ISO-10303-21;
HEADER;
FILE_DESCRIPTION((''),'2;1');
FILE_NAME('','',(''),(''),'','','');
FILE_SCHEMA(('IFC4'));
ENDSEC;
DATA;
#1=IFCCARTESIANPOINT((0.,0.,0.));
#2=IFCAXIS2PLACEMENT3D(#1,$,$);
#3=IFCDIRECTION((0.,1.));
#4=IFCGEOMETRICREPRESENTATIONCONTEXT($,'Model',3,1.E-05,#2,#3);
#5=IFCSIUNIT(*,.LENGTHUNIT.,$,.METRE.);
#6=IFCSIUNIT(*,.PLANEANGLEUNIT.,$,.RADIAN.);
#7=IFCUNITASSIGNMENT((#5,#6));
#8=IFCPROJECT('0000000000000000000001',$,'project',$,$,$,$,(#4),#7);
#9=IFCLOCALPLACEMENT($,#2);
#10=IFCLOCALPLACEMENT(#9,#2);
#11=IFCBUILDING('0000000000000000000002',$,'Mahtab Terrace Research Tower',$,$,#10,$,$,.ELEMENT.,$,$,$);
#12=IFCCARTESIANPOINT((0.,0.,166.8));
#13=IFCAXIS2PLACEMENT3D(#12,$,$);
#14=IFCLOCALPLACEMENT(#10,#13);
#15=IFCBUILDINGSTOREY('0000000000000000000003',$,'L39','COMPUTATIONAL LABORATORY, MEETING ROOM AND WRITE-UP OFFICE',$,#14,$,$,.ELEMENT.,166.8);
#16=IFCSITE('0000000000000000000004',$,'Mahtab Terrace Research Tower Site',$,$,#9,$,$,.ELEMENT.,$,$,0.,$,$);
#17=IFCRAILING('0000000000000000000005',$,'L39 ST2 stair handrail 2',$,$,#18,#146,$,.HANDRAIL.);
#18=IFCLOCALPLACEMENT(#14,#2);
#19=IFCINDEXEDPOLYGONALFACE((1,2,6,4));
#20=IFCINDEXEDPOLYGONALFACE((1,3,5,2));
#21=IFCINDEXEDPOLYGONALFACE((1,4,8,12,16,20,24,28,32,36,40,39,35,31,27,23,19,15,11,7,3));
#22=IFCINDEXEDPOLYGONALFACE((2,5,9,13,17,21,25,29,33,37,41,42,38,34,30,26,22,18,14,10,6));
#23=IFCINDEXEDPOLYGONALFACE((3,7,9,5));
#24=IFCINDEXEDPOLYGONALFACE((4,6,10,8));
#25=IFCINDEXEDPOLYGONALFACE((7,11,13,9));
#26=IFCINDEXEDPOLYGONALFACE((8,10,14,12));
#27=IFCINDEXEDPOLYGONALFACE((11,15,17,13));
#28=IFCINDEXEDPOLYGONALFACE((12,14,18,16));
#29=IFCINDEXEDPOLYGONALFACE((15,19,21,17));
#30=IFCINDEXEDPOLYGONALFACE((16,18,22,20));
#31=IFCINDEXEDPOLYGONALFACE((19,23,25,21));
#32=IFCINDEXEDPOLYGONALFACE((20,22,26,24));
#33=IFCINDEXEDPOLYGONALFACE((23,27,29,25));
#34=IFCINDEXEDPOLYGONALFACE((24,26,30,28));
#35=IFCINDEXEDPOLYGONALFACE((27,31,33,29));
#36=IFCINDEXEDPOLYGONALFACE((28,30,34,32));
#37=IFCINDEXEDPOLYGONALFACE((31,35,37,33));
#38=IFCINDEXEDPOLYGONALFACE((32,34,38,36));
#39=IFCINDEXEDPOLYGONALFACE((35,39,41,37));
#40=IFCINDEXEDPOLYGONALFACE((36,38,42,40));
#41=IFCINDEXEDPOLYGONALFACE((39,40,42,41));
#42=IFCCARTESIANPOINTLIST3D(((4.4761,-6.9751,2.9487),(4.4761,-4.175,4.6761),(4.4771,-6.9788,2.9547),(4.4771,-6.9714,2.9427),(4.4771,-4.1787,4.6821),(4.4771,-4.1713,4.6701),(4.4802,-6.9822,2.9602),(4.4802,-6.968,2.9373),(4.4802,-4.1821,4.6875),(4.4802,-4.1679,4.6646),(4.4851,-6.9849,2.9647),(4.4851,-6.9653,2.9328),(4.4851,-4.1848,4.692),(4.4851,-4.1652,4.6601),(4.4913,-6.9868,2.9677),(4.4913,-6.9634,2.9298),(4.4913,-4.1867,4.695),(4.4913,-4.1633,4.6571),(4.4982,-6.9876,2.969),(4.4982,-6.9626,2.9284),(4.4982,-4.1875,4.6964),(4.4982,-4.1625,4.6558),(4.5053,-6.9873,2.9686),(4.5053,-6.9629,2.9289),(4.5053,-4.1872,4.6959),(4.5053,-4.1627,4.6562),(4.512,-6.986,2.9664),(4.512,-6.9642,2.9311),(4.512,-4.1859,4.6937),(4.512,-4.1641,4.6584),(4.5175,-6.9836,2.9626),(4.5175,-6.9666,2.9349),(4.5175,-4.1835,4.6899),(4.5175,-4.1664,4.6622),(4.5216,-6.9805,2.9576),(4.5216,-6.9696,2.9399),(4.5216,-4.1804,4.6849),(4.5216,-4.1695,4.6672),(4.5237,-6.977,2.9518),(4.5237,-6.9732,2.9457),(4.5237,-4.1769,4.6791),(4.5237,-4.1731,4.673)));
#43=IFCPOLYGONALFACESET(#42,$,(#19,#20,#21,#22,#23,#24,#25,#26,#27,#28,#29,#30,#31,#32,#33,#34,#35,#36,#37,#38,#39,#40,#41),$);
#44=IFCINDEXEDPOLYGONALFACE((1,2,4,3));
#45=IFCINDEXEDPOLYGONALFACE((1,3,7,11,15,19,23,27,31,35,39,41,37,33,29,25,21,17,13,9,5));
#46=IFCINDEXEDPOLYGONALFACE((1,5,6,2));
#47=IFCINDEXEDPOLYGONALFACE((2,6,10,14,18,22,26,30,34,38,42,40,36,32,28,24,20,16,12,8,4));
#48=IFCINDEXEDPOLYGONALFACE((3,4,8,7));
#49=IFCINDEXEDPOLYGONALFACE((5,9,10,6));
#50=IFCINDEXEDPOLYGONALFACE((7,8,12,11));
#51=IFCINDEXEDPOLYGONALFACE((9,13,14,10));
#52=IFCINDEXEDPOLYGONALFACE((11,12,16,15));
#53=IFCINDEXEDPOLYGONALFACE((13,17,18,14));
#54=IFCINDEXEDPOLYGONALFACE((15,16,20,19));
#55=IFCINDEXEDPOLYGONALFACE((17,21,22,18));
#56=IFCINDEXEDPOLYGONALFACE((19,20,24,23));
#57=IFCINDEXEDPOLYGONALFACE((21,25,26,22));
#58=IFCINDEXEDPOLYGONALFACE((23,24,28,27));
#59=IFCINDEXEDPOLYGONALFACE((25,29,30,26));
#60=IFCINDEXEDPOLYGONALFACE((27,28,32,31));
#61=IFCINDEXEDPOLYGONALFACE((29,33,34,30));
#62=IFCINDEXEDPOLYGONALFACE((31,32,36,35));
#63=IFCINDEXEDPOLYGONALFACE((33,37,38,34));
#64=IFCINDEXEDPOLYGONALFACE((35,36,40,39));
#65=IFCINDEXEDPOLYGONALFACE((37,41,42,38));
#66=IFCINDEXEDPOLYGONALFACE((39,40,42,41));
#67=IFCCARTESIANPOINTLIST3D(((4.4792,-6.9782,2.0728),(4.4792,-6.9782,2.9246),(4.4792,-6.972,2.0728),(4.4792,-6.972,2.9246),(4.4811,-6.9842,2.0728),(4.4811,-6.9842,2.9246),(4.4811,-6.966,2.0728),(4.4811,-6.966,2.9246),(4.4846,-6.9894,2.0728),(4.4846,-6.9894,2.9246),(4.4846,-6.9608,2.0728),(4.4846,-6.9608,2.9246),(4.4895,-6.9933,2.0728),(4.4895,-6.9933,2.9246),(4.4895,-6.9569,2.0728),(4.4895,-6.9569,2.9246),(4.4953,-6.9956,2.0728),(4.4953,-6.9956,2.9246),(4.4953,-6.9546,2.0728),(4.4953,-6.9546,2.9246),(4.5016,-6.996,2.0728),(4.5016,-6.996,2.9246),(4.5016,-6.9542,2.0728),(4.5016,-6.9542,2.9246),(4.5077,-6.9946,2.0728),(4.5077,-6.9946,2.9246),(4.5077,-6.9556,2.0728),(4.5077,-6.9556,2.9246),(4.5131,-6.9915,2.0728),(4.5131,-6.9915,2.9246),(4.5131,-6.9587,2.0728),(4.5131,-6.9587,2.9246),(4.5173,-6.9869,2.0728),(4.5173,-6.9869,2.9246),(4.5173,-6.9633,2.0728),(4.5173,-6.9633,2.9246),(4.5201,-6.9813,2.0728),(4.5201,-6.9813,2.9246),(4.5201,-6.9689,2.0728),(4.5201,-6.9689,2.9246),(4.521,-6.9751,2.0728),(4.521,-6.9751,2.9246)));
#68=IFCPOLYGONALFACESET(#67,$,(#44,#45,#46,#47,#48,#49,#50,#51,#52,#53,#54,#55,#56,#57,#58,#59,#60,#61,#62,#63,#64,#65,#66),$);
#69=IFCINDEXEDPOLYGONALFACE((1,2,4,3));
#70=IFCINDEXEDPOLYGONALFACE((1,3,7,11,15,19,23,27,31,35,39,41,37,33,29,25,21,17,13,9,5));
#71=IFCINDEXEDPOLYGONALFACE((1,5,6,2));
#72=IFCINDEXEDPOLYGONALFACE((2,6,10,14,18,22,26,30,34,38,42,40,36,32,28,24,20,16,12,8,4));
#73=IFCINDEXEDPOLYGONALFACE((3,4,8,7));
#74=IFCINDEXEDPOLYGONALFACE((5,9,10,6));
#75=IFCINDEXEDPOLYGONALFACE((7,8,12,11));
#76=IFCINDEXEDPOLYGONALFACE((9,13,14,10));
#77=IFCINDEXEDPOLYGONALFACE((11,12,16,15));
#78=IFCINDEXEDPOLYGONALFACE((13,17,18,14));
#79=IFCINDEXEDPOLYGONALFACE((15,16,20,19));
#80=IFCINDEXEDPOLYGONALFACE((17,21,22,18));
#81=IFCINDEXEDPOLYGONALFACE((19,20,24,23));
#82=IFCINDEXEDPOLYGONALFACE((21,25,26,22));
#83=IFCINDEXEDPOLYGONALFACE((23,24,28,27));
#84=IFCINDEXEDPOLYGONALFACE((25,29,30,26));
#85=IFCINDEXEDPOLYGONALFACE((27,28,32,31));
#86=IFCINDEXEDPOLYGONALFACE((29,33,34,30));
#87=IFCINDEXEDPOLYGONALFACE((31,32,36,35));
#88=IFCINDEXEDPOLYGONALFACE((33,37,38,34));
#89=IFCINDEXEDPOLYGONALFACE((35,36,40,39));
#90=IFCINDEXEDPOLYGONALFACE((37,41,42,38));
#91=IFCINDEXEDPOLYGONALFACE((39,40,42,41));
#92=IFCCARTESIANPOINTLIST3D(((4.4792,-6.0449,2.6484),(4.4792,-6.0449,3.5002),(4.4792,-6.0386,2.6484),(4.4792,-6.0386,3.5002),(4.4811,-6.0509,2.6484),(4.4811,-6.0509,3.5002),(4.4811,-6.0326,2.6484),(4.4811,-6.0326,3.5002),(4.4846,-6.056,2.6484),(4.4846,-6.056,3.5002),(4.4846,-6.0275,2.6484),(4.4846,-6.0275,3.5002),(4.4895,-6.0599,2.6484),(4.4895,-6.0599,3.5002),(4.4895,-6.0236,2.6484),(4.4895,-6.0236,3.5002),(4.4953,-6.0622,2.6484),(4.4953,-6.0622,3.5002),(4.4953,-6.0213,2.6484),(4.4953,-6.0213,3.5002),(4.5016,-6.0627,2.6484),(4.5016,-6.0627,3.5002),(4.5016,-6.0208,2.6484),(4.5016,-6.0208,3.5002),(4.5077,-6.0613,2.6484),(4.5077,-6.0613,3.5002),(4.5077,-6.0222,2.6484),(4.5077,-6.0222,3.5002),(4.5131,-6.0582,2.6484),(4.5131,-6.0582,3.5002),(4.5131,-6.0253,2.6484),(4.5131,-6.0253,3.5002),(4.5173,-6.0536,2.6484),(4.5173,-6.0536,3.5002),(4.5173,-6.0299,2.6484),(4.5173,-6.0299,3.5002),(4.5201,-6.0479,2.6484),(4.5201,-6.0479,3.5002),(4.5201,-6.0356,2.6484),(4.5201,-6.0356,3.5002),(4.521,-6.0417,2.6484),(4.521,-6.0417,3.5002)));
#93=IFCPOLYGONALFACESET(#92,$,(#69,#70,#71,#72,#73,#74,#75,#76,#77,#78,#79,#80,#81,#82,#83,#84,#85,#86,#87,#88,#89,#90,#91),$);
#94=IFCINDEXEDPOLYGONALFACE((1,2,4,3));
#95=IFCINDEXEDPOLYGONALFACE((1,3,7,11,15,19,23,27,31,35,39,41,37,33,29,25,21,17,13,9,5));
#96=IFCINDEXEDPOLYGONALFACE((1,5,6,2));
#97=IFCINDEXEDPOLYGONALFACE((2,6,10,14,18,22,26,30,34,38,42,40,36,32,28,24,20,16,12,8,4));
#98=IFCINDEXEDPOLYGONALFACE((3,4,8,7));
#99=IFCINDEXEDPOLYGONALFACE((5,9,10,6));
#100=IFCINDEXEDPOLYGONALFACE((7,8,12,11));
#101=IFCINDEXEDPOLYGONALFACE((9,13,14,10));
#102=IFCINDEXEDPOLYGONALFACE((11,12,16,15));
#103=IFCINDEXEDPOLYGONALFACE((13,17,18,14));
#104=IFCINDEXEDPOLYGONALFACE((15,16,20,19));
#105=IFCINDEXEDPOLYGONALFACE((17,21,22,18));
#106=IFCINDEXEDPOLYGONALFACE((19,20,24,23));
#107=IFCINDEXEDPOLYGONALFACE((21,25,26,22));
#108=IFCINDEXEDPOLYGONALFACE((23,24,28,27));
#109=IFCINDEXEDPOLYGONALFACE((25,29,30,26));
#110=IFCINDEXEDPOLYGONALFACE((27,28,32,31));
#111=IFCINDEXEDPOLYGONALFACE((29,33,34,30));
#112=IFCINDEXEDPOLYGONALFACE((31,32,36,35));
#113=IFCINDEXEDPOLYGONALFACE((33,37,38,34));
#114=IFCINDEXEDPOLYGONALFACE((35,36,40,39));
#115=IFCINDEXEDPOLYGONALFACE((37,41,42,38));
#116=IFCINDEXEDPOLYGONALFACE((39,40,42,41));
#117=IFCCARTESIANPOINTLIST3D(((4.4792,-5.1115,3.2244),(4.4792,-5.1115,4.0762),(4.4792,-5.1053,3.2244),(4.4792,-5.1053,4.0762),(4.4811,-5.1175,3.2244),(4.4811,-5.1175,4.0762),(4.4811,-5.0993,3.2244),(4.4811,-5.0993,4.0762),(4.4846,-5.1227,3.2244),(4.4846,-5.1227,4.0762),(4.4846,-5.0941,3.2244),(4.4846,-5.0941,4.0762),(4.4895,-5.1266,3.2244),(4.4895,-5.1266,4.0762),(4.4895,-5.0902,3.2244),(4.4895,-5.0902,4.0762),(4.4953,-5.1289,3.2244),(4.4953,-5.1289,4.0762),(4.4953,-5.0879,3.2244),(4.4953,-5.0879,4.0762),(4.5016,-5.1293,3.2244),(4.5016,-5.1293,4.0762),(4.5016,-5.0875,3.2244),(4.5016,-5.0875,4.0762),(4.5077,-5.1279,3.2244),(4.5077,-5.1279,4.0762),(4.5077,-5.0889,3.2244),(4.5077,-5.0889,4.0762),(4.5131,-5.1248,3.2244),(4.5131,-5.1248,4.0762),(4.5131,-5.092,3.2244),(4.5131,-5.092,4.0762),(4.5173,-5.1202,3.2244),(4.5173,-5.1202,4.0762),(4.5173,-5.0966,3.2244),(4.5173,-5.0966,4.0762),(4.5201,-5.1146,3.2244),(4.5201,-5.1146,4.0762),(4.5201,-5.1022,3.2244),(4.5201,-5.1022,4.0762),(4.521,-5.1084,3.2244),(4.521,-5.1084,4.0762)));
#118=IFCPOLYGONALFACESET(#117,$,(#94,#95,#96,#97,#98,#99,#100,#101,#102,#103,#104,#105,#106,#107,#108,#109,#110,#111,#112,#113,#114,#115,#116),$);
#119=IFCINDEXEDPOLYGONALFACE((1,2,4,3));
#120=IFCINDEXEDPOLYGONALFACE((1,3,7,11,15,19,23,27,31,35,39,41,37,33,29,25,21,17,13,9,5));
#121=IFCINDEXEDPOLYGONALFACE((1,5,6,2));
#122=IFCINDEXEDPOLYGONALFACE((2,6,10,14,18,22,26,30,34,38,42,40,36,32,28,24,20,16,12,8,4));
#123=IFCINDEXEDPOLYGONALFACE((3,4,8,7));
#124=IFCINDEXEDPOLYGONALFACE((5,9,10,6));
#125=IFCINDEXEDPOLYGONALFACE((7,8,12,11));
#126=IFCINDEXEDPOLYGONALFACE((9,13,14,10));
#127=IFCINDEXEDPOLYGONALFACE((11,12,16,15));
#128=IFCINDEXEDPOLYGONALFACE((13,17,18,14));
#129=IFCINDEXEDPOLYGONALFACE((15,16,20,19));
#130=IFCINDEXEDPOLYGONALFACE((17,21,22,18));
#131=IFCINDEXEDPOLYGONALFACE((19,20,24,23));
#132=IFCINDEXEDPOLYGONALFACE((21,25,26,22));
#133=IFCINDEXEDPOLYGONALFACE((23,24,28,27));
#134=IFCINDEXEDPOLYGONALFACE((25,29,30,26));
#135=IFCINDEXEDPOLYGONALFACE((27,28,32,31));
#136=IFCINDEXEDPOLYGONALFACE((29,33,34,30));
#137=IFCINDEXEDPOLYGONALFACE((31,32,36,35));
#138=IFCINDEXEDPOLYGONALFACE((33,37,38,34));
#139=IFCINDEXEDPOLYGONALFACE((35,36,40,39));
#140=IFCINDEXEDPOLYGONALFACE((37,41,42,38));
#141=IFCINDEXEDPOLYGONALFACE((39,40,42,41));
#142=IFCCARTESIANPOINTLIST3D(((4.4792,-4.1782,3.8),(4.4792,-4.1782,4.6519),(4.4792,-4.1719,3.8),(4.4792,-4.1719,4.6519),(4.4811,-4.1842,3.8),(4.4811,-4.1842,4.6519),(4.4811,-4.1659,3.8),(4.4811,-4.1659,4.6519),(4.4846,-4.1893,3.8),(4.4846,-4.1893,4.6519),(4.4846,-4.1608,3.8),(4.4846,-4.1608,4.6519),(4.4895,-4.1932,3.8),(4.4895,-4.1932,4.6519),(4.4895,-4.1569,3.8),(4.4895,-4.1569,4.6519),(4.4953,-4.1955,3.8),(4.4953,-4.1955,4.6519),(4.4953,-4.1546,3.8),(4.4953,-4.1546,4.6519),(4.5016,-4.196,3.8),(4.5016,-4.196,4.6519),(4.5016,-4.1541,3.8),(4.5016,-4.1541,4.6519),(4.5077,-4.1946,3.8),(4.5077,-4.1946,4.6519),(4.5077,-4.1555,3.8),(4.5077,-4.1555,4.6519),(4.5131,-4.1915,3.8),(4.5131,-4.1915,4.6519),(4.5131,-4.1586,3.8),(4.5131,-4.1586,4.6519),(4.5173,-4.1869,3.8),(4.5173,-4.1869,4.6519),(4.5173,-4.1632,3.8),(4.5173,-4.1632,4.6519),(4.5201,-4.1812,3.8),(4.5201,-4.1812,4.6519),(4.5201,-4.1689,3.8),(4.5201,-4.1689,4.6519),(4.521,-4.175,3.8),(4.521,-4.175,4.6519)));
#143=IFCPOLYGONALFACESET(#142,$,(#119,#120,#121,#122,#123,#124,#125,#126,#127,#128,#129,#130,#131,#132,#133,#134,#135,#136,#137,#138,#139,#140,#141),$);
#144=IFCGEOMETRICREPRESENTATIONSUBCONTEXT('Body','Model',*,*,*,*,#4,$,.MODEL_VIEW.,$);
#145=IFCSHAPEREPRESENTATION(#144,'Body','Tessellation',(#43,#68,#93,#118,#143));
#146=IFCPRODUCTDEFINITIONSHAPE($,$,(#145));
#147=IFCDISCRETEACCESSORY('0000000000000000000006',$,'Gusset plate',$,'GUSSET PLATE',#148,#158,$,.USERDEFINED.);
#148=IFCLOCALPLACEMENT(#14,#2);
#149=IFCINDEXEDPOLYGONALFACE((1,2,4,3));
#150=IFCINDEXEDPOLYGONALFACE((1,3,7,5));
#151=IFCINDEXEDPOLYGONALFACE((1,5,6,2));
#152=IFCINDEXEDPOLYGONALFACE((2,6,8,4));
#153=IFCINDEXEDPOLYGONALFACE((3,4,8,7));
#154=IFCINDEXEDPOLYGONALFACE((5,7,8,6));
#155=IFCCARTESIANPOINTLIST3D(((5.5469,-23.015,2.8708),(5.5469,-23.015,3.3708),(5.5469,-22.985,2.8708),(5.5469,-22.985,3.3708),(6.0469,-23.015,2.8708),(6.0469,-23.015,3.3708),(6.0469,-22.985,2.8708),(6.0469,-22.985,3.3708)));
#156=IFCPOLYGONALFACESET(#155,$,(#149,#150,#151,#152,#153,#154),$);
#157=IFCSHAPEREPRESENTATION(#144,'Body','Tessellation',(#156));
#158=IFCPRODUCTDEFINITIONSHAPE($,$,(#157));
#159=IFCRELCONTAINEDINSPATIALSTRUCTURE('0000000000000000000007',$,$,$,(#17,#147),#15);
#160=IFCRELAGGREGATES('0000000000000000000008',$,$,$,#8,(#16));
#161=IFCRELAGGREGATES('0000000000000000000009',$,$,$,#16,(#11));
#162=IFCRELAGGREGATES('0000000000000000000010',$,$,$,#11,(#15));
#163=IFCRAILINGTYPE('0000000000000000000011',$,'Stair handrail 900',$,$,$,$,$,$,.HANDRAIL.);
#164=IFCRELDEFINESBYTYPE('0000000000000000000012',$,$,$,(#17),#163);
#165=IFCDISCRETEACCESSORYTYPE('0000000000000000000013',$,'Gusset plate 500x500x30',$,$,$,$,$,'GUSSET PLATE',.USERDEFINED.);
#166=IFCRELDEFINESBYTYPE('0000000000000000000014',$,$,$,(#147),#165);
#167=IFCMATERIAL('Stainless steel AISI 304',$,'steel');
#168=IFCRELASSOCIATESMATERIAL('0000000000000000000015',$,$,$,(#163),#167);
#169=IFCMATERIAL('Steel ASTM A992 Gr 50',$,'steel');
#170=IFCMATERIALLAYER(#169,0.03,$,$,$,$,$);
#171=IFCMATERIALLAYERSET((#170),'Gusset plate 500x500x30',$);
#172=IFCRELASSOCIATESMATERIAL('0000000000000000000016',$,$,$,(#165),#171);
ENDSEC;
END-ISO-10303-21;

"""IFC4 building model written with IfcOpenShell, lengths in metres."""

from ifc_helpers import new_model, si_unit, direction, frame, origin, origin_2d, place, context, subcontext, project, spatial, rectangle, circle, extrude, material, layer, layer_set, type_object, element, save


model = new_model("IFC4")

# Units and contexts
model_context = context("Model", 3, precision=1e-05, world=origin(), true_north=direction((0.0, 1.0)))
body_context = subcontext(model_context, "Body", "Model", "MODEL_VIEW")
ifc_project = project(units=[si_unit("LENGTHUNIT", "METRE"), si_unit("PLANEANGLEUNIT", "RADIAN")], contexts=[model_context])

# Site, building, storey
site_placement = place(None, origin())
site = spatial("IfcSite", under=ifc_project, at=site_placement, Name="Mahtab Terrace Research Tower Site", CompositionType="ELEMENT", RefElevation=0.0)
building_placement = place(site_placement, origin())
building = spatial("IfcBuilding", under=site, at=building_placement, Name="Mahtab Terrace Research Tower", CompositionType="ELEMENT")
storey_placement = place(building_placement, frame((0.0, 0.0, 166.8)))
storey = spatial("IfcBuildingStorey", under=building, at=storey_placement, Name="L39", Description="COMPUTATIONAL LABORATORY, MEETING ROOM AND WRITE-UP OFFICE", CompositionType="ELEMENT", Elevation=166.8)

# Shared definitions
ifc_material_1 = material(Name="Steel ASTM A992 Gr 50", Category="steel")

# Railing
ifc_material_2 = material(Name="Stainless steel AISI 304", Category="steel")
railing_type_1 = type_object("IfcRailingType", Name="Stair handrail 900", PredefinedType="HANDRAIL", material=ifc_material_2)
railing_1_placement = place(storey_placement, frame((4.5, -6.9751, 2.0728)))
element("IfcRailing", 1, at=railing_1_placement, inside=storey, type_object=railing_type_1, Name="L39 ST2 stair handrail 2", PredefinedType="HANDRAIL", context=body_context, shape_type="SweptSolid", body=[
    extrude(circle(Radius=0.0239, at=origin_2d()), frame((0.0, 0.0, 0.876), z_axis=(0.0, 0.85109, 0.52502), x_axis=(-1.0, 0.0, 0.0)), (0.0, 0.0, 1.0), 3.29),
    extrude(circle(Radius=0.021, at=origin_2d()), origin(), (0.0, 0.0, 1.0), 0.8518),
    extrude(circle(Radius=0.021, at=origin_2d()), frame((0.0, 0.9333, 0.5757)), (0.0, 0.0, 1.0), 0.8518),
    extrude(circle(Radius=0.021, at=origin_2d()), frame((0.0, 1.8667, 1.1516)), (0.0, 0.0, 1.0), 0.8518),
    extrude(circle(Radius=0.021, at=origin_2d()), frame((0.0, 2.8, 1.7273)), (0.0, 0.0, 1.0), 0.8518),
])

# Discrete accessory
ifc_layer_1 = layer(ifc_material_1, 0.03)
ifc_layer_set_1 = layer_set([ifc_layer_1], Name="Gusset plate 500x500x30")
discrete_accessory_type = type_object("IfcDiscreteAccessoryType", Name="Gusset plate 500x500x30", ElementType="GUSSET PLATE", PredefinedType="USERDEFINED", material=ifc_layer_set_1)
discrete_accessory_placement = place(storey_placement, frame((5.7969, -23.0, 2.8708), z_axis=(0.0, 0.0, 1.0), x_axis=(1.0, 0.0, 0.0)))
element("IfcDiscreteAccessory", 2, at=discrete_accessory_placement, inside=storey, type_object=discrete_accessory_type, Name="Gusset plate", ObjectType="GUSSET PLATE", PredefinedType="USERDEFINED", context=body_context, shape_type="SweptSolid", body=[
    extrude(rectangle(XDim=0.5, YDim=0.03, at=origin_2d()), origin(), (0.0, 0.0, 1.0), 0.5),
])

save(model, "model.ifc")
